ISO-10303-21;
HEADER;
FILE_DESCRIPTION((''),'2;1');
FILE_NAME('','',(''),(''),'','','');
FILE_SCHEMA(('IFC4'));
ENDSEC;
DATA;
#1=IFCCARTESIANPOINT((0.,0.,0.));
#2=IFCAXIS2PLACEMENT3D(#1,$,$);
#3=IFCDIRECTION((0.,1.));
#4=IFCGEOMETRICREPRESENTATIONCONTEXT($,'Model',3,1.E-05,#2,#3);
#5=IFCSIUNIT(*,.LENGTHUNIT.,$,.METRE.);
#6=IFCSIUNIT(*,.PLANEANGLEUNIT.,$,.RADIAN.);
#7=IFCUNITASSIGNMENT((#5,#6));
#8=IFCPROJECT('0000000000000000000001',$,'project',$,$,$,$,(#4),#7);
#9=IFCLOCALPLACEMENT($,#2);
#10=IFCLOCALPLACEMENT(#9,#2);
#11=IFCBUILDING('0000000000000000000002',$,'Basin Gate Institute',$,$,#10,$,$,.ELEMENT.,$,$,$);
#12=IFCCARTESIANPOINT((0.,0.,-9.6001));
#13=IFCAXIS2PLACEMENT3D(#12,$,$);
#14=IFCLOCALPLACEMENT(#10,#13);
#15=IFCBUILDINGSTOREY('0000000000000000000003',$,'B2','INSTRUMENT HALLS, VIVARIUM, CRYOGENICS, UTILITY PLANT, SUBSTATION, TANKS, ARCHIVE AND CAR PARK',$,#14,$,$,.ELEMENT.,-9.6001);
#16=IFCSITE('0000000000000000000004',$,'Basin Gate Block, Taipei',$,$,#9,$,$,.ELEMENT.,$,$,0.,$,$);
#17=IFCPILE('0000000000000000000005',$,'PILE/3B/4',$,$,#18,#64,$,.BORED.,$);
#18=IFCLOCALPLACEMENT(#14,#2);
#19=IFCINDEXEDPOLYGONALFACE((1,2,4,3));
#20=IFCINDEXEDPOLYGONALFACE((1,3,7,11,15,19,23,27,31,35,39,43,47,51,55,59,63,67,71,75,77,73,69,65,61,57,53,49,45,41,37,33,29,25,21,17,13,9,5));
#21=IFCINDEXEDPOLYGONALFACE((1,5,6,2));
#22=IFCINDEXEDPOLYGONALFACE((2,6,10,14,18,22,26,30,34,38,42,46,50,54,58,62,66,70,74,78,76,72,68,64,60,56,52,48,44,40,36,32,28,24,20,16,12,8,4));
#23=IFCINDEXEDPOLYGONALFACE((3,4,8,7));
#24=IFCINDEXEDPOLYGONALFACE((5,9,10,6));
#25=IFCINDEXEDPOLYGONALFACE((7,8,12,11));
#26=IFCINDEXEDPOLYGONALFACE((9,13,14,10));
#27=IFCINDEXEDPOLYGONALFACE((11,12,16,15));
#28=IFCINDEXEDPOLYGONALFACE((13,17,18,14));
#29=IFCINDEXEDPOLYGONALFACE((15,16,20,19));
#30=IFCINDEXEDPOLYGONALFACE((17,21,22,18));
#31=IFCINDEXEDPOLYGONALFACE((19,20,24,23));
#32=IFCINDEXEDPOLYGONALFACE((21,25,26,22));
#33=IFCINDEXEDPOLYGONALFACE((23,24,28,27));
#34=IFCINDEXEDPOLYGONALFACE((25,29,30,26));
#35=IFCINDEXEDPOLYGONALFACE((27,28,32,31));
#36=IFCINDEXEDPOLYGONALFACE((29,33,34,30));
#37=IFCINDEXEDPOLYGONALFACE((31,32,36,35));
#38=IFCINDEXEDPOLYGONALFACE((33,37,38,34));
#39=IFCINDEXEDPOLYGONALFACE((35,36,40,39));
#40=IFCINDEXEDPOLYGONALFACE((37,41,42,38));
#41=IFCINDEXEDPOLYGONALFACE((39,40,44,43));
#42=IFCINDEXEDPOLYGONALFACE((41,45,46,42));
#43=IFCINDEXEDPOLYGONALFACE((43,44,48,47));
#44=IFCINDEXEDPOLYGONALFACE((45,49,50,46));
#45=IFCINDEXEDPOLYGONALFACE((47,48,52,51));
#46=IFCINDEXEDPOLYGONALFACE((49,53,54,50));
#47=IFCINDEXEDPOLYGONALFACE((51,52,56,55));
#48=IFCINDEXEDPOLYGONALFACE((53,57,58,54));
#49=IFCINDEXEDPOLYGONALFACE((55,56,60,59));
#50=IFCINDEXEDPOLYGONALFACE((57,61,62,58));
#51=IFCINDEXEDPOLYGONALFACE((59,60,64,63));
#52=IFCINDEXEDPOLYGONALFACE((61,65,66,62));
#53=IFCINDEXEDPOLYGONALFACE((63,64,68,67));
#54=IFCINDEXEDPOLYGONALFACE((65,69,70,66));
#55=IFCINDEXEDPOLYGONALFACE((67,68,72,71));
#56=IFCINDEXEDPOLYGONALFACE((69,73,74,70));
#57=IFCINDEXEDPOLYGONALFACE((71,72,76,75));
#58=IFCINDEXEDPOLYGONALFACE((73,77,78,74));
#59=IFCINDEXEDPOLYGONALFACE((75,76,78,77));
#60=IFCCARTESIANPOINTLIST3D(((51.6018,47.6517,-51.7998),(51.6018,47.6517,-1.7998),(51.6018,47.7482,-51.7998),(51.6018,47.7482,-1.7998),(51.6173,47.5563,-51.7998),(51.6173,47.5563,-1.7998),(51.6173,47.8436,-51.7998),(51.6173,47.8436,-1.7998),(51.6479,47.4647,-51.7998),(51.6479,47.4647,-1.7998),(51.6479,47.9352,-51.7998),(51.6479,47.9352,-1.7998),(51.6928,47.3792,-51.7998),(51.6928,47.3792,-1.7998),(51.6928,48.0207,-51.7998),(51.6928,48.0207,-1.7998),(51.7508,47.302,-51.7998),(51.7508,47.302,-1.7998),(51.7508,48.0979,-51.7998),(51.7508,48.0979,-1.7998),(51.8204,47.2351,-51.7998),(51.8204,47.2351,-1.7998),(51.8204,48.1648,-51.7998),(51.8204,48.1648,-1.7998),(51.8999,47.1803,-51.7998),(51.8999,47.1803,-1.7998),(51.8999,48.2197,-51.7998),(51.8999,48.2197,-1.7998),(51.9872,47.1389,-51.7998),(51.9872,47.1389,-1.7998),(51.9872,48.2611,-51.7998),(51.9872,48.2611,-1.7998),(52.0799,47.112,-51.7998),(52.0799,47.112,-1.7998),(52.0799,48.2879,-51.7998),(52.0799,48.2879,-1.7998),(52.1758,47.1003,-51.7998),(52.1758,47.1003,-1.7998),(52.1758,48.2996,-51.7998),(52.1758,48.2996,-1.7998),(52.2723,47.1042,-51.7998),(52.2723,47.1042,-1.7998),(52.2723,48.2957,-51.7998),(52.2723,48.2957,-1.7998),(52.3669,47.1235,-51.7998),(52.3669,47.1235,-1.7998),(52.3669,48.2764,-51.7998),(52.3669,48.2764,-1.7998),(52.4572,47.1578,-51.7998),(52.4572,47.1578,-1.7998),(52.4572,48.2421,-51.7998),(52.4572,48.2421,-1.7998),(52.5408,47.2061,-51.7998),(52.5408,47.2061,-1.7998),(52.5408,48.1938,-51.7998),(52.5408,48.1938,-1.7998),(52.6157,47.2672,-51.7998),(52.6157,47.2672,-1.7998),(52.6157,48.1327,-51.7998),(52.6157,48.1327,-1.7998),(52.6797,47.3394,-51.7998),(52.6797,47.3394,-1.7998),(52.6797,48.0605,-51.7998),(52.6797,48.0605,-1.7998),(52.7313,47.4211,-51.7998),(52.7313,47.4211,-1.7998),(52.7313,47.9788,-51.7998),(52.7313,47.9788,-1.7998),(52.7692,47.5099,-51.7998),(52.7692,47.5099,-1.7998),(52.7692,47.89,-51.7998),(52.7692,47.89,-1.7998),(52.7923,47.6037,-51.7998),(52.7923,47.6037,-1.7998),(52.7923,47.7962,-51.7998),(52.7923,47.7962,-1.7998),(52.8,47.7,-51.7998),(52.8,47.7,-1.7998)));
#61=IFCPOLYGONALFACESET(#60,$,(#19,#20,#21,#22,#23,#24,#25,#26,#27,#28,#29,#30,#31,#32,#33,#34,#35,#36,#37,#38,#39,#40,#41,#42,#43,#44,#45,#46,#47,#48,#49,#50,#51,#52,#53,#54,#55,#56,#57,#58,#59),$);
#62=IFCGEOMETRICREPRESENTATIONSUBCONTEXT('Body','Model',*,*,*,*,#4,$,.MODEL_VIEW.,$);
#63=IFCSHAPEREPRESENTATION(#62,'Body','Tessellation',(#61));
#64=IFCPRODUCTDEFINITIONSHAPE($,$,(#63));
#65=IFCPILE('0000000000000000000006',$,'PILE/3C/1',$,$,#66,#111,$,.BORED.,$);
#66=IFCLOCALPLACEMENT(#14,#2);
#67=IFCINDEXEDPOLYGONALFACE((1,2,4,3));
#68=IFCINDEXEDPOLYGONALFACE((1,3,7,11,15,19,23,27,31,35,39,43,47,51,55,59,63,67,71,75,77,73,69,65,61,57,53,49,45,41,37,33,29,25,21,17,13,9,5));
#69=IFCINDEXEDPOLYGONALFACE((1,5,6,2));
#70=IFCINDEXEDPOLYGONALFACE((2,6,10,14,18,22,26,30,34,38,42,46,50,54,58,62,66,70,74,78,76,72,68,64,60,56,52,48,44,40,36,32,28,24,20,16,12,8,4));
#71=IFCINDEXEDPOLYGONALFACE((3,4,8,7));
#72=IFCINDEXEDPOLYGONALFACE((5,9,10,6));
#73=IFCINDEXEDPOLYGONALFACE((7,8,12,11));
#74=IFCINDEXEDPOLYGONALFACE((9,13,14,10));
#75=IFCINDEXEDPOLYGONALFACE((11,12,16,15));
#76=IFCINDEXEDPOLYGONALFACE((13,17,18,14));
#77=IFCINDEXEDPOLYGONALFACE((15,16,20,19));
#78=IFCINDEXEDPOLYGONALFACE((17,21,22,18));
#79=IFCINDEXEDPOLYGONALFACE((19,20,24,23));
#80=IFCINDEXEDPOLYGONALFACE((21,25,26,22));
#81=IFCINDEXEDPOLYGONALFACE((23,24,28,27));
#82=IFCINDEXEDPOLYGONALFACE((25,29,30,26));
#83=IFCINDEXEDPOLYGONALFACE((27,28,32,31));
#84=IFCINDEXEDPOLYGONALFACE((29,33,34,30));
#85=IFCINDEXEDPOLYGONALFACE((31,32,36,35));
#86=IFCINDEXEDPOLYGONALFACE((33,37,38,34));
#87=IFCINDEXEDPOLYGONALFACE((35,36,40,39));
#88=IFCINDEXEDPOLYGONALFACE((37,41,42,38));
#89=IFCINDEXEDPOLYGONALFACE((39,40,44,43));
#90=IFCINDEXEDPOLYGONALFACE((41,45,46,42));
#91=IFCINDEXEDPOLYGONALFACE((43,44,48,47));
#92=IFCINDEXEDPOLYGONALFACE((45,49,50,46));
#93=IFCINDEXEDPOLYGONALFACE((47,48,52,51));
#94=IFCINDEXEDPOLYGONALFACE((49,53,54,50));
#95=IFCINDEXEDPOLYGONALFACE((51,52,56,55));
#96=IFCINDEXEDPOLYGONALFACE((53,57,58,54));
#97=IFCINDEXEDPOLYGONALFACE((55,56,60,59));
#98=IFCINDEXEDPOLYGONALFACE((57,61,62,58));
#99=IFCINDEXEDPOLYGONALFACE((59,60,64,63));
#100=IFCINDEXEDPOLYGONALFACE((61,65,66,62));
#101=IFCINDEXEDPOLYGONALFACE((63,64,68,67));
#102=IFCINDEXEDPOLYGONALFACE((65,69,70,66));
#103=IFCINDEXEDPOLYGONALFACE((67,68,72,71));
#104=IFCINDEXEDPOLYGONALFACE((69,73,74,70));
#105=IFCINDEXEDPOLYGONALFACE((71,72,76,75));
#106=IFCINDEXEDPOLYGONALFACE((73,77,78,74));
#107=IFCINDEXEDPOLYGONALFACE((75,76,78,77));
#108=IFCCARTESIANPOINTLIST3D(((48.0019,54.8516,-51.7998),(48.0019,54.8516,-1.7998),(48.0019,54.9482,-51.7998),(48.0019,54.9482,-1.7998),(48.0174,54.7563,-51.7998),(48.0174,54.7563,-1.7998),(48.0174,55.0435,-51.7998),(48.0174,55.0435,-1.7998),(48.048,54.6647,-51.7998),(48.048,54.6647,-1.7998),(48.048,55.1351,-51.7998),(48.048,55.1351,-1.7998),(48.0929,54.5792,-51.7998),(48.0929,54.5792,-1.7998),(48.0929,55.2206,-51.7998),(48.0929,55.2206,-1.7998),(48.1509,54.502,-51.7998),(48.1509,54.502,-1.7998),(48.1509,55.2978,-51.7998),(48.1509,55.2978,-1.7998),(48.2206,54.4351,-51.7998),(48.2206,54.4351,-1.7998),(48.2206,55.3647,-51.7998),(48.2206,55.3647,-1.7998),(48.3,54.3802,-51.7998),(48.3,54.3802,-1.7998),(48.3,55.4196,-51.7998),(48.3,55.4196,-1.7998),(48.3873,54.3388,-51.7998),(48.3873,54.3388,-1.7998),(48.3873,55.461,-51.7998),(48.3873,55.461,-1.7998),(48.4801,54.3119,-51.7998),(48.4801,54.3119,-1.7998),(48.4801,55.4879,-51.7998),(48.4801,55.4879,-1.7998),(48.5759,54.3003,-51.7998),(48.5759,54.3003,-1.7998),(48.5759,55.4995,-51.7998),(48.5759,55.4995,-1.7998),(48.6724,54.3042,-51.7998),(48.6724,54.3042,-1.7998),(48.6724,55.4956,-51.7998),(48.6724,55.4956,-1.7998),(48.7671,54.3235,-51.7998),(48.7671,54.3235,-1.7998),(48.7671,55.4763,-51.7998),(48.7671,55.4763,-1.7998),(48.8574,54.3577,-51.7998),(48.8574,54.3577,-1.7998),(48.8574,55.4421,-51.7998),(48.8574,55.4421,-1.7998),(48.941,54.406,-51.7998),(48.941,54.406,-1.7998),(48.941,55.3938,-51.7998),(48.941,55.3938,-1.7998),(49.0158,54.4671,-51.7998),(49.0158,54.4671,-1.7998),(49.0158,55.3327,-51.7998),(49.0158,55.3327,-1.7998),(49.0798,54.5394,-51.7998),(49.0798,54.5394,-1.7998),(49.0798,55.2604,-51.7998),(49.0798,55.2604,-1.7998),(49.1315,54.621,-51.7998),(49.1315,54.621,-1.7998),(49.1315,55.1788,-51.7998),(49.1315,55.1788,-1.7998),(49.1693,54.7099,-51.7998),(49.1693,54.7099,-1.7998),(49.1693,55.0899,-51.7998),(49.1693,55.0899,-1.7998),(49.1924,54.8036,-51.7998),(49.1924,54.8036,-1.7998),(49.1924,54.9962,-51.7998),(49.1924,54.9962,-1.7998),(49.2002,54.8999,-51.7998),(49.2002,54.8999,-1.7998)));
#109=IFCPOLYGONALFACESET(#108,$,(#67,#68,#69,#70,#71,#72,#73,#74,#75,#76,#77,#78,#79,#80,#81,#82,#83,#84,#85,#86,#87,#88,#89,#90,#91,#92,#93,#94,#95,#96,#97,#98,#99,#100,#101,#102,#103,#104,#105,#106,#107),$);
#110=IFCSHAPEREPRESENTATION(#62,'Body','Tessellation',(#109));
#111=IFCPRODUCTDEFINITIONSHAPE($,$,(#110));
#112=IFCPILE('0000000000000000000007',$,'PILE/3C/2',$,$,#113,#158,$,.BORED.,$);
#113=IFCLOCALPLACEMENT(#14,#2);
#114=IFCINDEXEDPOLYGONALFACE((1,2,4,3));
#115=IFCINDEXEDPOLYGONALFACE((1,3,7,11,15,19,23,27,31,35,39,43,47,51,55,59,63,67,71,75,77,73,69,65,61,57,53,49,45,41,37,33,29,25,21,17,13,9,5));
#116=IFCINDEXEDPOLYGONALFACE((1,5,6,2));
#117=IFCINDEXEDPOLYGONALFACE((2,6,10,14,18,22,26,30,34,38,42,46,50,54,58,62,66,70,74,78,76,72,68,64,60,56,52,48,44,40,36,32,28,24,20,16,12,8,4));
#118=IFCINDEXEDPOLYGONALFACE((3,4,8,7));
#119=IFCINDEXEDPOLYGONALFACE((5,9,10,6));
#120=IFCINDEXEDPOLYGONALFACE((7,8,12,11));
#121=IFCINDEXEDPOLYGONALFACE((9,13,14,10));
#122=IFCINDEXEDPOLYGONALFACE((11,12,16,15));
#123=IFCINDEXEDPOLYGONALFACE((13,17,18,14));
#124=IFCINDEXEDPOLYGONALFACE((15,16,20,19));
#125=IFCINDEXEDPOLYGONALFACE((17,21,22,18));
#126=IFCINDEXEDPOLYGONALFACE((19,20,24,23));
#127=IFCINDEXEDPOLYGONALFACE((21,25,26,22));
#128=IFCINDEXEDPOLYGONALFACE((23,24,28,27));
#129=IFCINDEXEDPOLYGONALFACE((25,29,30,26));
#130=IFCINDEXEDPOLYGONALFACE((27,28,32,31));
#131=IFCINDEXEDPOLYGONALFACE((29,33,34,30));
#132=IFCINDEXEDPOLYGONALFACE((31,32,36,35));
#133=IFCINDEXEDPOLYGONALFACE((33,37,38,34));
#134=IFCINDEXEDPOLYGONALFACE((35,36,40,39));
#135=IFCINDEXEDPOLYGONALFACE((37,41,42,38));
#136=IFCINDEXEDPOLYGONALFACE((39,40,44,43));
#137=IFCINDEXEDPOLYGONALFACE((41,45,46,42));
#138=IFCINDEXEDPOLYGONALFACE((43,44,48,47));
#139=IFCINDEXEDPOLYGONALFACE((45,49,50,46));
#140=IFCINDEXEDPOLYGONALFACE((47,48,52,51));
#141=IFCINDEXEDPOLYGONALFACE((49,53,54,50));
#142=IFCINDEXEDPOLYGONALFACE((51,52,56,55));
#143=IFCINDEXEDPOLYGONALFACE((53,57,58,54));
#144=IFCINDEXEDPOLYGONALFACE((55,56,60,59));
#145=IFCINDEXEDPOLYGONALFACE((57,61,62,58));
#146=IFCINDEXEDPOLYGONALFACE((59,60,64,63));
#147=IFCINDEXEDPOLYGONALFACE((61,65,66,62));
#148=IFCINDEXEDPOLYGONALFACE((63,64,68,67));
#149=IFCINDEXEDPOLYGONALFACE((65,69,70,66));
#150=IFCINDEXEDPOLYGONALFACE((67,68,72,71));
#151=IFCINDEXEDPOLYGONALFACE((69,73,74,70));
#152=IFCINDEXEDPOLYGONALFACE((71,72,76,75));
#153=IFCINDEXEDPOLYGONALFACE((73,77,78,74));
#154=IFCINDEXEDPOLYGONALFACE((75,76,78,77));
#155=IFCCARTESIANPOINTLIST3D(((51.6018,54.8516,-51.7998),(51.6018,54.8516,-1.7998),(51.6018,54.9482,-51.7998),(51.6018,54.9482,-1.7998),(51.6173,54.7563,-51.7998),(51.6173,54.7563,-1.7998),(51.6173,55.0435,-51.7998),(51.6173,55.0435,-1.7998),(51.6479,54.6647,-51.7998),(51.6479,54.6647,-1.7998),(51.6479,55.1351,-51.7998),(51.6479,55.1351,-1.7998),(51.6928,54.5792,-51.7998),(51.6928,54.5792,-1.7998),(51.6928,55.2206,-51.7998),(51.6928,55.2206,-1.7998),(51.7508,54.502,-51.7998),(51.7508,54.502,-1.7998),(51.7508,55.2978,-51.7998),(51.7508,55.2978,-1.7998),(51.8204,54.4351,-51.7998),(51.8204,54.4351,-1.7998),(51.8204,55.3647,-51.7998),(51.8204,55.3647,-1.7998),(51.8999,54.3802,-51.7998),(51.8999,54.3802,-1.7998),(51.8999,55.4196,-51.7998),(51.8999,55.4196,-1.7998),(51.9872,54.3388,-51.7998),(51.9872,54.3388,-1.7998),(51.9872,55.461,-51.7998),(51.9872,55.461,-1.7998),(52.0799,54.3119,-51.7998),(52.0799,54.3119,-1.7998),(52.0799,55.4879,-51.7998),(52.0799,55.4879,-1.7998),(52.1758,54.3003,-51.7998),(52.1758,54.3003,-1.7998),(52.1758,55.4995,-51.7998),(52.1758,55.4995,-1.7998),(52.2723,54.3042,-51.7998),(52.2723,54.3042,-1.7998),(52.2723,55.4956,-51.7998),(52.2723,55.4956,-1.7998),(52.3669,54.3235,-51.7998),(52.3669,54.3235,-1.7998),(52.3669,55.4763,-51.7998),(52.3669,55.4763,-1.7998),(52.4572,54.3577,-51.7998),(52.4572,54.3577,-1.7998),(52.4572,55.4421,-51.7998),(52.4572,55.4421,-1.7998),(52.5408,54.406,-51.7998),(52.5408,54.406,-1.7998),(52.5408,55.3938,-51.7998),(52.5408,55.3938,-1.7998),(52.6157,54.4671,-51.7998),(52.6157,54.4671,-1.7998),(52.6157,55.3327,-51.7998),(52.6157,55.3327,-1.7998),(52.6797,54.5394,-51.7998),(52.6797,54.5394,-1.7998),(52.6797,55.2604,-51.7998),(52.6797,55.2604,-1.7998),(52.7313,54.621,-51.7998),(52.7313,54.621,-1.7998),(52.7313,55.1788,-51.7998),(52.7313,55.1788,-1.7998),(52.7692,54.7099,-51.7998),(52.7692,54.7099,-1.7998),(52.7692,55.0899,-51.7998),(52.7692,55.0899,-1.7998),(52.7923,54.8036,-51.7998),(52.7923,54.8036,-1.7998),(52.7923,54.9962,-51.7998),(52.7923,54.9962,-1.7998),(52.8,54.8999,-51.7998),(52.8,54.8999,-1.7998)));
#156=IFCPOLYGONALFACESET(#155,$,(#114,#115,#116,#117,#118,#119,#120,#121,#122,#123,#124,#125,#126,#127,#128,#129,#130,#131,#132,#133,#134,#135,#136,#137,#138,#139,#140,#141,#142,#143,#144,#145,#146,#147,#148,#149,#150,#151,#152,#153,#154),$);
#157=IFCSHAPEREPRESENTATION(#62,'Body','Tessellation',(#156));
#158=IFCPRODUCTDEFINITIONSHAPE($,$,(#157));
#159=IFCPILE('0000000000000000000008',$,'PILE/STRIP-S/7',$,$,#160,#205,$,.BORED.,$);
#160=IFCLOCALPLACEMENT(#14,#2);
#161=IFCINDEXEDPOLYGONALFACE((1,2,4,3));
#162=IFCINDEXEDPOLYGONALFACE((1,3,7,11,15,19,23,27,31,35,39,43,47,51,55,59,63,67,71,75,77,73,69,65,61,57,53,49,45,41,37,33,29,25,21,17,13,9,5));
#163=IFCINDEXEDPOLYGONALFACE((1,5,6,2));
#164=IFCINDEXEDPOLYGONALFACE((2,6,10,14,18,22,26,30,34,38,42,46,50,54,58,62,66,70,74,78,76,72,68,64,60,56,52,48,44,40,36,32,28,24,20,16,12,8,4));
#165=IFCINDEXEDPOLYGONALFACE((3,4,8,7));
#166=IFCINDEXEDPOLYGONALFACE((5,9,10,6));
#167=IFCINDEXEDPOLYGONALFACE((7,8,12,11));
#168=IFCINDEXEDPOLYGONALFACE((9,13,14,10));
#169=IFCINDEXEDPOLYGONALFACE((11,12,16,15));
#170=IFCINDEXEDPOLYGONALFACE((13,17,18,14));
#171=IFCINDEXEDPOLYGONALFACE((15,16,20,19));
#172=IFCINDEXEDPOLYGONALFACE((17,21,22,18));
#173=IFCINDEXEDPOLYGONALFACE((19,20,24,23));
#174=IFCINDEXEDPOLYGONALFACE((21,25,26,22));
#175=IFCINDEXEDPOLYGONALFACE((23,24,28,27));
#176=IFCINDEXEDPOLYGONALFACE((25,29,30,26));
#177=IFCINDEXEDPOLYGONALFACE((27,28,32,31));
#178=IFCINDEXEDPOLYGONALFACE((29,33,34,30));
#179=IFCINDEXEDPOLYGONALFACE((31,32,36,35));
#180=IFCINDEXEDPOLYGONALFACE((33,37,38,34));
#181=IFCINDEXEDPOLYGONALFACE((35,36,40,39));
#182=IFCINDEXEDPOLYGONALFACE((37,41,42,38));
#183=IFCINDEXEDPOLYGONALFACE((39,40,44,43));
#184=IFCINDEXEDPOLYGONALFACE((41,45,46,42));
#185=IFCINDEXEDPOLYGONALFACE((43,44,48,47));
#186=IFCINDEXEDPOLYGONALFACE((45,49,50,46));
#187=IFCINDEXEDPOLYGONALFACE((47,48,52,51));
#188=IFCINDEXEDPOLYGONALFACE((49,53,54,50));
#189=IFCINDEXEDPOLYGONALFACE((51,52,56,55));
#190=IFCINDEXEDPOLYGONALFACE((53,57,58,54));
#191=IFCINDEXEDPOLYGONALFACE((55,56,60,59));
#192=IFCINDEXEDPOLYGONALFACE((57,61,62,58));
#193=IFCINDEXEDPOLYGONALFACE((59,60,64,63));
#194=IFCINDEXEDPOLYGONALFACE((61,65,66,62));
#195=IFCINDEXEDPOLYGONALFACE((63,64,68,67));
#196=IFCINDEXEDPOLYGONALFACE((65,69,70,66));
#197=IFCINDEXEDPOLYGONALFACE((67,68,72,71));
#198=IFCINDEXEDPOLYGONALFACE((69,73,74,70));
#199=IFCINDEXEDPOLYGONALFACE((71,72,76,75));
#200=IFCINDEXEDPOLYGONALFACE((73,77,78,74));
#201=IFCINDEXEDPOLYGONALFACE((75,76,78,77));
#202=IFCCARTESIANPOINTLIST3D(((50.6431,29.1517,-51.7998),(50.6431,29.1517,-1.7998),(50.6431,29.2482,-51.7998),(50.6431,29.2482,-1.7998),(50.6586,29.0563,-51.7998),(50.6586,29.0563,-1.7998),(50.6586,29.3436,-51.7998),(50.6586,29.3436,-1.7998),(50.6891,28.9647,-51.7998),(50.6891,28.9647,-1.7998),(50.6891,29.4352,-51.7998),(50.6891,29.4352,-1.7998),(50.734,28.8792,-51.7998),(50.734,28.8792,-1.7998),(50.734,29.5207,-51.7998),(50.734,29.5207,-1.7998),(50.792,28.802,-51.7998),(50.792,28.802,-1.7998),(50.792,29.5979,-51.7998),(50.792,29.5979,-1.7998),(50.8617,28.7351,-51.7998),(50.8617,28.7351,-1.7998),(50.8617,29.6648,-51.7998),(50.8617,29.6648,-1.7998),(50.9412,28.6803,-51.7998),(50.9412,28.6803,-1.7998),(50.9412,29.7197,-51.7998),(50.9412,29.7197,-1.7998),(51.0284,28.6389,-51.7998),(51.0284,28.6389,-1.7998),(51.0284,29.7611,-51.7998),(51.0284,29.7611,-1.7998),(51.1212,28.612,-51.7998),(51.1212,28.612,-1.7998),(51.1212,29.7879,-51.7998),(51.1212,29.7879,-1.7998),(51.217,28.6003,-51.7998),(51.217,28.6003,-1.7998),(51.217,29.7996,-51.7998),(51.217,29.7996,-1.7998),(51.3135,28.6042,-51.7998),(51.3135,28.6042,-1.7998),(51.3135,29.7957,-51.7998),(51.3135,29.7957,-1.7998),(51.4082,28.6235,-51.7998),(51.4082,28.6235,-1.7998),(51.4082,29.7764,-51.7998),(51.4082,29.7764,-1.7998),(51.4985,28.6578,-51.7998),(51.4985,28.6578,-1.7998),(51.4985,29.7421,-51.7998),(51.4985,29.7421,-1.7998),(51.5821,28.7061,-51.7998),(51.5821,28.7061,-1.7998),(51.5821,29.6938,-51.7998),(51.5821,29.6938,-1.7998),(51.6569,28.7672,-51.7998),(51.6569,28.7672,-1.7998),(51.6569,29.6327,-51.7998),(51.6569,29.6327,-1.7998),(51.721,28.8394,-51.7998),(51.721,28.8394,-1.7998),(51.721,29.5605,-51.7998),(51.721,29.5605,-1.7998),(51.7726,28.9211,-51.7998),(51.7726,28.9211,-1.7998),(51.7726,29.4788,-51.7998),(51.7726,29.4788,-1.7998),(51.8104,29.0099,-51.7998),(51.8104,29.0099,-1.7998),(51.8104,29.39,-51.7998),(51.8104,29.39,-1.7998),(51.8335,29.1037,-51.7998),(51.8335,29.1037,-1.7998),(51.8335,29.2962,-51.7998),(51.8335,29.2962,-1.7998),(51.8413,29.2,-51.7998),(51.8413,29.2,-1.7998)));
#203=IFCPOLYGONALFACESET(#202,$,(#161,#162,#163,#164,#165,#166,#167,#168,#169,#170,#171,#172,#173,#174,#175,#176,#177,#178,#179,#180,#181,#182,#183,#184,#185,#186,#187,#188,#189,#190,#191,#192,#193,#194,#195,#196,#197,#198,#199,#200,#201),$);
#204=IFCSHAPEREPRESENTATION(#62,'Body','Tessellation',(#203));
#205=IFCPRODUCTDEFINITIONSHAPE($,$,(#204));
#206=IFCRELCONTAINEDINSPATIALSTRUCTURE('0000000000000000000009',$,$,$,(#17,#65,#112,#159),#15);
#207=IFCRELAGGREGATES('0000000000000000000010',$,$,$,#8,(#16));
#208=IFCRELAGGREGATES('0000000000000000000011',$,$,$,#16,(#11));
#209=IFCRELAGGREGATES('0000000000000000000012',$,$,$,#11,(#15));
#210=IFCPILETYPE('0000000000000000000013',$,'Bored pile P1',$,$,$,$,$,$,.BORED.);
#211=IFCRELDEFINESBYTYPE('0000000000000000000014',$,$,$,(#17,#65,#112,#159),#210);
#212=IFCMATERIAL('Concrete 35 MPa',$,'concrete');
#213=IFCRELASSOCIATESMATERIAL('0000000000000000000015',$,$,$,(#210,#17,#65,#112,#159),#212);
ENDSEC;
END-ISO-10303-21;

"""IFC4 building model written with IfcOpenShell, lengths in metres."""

from ifc_helpers import new_model, si_unit, direction, frame, origin, origin_2d, place, context, subcontext, project, spatial, circle, extrude, material, material_profile, profile_set, type_object, element, save


model = new_model("IFC4")

# Units and contexts
model_context = context("Model", 3, precision=1e-05, world=origin(), true_north=direction((0.0, 1.0)))
body_context = subcontext(model_context, "Body", "Model", "MODEL_VIEW")
ifc_project = project(units=[si_unit("LENGTHUNIT", "METRE"), si_unit("PLANEANGLEUNIT", "RADIAN")], contexts=[model_context])

# Site, building, storey
site_placement = place(None, origin())
site = spatial("IfcSite", under=ifc_project, at=site_placement, Name="Basin Gate Block, Taipei", CompositionType="ELEMENT", RefElevation=0.0)
building_placement = place(site_placement, origin())
building = spatial("IfcBuilding", under=site, at=building_placement, Name="Basin Gate Institute", CompositionType="ELEMENT")
storey_placement = place(building_placement, frame((0.0, 0.0, -9.6001)))
storey = spatial("IfcBuildingStorey", under=building, at=storey_placement, Name="B2", Description="INSTRUMENT HALLS, VIVARIUM, CRYOGENICS, UTILITY PLANT, SUBSTATION, TANKS, ARCHIVE AND CAR PARK", CompositionType="ELEMENT", Elevation=-9.6001)

# Piles
ifc_material_1 = material(Name="Concrete 35 MPa", Category="concrete")
ifc_material_profile_1 = material_profile(ifc_material_1, circle(Radius=0.6001, at=origin_2d()), Name="Bored pile P1 1200 dia")
ifc_profile_set_1 = profile_set([ifc_material_profile_1], Name="Concrete 35 MPa")
pile_type = type_object("IfcPileType", Name="Bored pile P1", PredefinedType="BORED", material=ifc_profile_set_1)
for number, where, z_axis, x_axis, name in (
    (1, (52.2, 47.7, -1.7998), (0.0, 0.0, -1.0), (1.0, 0.0, 0.0), "PILE/3B/4"),
    (2, (48.6001, 54.8999, -1.7998), (0.0, 0.0, -1.0), (1.0, 0.0, 0.0), "PILE/3C/1"),
    (3, (52.2, 54.8999, -1.7998), (0.0, 0.0, -1.0), (1.0, 0.0, 0.0), "PILE/3C/2"),
    (4, (51.2412, 29.2, -1.7998), (0.0, 0.0, -1.0), (1.0, 0.0, 0.0), "PILE/STRIP-S/7"),
):
    element("IfcPile", number, at=place(storey_placement, frame(where, z_axis=z_axis, x_axis=x_axis)), inside=storey, type_object=pile_type, material=ifc_profile_set_1, Name=name, PredefinedType="BORED", context=body_context, shape_type="SweptSolid", body=[
        extrude(circle(Radius=0.6001, at=origin_2d()), origin(), (0.0, 0.0, 1.0), 50.0),
    ])

save(model, "model.ifc")
